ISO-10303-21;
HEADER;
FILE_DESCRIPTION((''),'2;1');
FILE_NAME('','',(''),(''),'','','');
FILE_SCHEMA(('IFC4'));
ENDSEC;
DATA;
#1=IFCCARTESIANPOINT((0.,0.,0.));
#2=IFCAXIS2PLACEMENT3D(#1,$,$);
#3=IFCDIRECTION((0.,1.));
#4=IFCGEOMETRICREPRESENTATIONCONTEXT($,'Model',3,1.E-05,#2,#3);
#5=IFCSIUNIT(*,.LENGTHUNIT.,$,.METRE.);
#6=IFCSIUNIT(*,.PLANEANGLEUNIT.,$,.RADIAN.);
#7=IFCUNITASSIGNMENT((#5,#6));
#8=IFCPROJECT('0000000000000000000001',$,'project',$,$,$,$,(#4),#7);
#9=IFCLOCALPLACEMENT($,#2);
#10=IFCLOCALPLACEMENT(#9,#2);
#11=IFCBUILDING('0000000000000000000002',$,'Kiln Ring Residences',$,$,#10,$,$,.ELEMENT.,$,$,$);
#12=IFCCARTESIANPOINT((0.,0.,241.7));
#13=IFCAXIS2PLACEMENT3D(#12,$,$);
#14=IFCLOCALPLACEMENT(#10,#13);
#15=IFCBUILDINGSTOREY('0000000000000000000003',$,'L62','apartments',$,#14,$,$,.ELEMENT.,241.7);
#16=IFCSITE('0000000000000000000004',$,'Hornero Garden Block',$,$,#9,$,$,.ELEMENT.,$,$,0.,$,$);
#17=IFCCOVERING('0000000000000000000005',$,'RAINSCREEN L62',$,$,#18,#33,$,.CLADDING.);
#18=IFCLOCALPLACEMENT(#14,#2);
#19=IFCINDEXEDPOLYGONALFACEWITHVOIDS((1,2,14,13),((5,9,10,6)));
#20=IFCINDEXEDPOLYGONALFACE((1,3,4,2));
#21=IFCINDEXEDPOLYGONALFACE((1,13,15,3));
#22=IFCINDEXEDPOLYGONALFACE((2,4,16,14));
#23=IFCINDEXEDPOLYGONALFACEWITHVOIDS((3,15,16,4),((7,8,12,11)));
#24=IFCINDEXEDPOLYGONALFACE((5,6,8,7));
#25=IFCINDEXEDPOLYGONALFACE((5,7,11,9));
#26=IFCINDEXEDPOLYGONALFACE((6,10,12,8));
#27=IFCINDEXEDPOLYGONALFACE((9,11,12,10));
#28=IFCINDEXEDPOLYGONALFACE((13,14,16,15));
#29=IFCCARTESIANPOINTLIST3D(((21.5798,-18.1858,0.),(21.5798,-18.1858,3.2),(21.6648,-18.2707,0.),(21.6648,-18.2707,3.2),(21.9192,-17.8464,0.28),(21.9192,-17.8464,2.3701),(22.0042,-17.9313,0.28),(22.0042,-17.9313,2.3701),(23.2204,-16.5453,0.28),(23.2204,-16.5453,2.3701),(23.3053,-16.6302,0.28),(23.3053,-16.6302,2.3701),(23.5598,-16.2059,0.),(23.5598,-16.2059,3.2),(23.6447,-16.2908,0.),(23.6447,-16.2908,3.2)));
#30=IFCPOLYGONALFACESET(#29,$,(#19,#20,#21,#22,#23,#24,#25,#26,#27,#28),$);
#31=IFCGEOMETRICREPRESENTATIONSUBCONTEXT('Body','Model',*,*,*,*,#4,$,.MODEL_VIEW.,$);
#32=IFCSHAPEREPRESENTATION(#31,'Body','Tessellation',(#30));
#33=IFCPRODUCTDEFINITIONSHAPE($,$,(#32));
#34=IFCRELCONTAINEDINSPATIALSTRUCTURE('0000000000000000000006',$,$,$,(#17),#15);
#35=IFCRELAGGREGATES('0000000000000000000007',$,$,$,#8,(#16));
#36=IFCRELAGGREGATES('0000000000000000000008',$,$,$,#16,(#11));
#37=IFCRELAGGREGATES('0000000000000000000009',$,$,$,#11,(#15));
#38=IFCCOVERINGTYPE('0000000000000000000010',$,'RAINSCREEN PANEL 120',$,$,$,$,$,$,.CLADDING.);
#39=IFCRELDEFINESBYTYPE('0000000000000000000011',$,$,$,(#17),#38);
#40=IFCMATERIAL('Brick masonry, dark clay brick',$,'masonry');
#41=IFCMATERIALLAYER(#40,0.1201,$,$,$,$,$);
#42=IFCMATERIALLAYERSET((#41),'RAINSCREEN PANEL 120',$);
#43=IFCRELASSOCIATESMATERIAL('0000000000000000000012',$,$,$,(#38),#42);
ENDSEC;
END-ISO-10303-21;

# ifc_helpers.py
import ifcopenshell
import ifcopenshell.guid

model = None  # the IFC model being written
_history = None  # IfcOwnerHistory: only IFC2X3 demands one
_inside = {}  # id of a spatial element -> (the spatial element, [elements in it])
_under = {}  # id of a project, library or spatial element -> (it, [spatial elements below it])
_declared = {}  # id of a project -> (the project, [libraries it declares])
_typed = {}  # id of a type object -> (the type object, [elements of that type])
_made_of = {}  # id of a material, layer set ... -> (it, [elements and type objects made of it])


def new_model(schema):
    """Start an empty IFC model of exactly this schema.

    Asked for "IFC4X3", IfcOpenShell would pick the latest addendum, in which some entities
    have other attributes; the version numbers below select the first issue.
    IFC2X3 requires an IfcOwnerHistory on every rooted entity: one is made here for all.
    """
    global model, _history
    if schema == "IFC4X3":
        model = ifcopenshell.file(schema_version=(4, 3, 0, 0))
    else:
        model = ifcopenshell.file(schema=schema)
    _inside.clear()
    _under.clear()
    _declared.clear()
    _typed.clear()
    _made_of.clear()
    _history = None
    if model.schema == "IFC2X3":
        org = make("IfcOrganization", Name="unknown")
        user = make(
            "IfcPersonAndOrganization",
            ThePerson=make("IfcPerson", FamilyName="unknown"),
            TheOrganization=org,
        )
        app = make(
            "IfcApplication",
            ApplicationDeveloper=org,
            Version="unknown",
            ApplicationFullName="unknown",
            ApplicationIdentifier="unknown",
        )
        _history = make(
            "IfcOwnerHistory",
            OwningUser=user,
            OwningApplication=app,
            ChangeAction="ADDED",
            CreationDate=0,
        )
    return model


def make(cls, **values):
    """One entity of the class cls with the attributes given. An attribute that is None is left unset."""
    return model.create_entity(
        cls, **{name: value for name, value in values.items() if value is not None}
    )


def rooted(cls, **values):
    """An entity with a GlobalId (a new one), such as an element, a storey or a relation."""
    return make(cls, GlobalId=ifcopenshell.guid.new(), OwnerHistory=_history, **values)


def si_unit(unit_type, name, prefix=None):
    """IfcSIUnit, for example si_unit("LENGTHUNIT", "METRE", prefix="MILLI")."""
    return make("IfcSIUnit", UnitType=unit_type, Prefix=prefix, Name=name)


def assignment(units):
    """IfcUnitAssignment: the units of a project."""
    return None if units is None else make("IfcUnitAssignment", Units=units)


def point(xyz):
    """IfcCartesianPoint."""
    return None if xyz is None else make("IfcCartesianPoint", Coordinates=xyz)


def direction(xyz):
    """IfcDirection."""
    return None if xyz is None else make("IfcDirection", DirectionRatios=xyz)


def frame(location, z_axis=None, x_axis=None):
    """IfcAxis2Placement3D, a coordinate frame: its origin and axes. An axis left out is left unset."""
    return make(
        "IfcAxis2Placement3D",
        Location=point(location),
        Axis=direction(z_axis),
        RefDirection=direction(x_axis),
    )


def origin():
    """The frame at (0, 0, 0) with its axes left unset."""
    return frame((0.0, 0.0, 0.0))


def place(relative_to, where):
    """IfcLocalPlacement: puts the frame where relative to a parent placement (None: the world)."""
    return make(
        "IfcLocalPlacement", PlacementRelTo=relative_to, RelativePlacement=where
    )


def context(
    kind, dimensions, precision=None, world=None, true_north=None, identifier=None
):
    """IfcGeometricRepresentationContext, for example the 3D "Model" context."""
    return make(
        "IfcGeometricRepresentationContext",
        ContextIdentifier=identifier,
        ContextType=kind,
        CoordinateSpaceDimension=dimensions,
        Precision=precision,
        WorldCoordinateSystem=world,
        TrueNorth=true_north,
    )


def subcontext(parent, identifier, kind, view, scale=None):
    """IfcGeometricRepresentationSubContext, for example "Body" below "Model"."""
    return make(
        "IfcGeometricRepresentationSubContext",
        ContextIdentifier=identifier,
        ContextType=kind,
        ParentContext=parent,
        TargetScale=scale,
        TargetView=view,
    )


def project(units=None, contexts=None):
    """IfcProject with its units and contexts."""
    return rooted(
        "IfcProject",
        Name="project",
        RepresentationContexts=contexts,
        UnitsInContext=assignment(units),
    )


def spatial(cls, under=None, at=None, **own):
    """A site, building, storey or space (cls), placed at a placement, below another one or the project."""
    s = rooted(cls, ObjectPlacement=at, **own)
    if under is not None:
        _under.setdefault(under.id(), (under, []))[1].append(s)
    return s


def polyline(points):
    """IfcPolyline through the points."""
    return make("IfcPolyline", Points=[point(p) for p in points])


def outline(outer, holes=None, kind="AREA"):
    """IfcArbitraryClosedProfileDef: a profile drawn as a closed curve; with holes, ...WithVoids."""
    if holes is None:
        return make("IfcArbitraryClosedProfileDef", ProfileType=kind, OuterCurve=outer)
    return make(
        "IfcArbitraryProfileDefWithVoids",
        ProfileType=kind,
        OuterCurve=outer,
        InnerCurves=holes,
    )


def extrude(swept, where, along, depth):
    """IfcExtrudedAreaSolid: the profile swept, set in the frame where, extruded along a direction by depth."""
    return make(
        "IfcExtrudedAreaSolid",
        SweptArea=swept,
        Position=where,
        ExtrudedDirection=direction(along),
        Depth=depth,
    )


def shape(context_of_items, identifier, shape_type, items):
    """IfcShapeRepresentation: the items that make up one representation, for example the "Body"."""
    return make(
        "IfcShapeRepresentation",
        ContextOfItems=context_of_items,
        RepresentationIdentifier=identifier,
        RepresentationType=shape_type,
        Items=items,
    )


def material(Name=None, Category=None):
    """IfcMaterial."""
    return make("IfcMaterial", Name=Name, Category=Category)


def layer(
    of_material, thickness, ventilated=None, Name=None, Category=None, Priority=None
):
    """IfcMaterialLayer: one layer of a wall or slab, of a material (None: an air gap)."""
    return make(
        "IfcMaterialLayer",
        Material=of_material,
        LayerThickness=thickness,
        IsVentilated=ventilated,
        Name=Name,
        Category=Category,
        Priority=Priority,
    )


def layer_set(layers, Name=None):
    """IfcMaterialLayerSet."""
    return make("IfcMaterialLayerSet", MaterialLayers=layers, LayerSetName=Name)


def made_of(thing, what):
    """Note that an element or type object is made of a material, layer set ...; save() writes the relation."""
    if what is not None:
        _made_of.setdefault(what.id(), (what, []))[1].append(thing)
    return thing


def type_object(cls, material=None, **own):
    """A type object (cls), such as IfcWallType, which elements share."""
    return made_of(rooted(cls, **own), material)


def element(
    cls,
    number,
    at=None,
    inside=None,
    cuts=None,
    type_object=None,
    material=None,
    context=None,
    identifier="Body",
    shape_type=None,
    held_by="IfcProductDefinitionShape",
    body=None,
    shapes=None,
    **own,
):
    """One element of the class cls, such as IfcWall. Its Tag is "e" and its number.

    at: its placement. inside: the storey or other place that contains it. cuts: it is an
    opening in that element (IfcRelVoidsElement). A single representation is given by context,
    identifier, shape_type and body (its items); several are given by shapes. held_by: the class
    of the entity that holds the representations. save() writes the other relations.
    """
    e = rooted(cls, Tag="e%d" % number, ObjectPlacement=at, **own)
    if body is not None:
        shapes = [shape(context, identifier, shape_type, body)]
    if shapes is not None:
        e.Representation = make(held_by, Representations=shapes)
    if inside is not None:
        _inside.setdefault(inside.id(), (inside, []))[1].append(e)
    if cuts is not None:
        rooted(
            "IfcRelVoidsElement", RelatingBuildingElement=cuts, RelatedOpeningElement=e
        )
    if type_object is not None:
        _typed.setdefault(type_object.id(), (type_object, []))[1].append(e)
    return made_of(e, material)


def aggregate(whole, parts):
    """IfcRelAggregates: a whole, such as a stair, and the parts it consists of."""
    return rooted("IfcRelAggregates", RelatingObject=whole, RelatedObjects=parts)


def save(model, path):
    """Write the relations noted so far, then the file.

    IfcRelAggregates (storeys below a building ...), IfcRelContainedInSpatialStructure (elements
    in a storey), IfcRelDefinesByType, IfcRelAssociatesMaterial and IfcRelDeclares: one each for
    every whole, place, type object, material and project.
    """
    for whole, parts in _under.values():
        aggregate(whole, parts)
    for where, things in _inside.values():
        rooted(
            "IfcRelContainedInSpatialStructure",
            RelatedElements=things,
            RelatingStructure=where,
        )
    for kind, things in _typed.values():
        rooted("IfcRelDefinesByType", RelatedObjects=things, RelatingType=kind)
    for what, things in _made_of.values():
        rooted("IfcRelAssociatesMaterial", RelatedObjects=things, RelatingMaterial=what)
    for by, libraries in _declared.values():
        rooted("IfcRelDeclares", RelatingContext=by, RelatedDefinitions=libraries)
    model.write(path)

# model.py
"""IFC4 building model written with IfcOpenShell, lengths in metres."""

from ifc_helpers import new_model, si_unit, direction, frame, origin, place, context, subcontext, project, spatial, polyline, outline, extrude, material, layer, layer_set, type_object, element, save


model = new_model("IFC4")

# Units and contexts
model_context = context("Model", 3, precision=1e-05, world=origin(), true_north=direction((0.0, 1.0)))
body_context = subcontext(model_context, "Body", "Model", "MODEL_VIEW")
ifc_project = project(units=[si_unit("LENGTHUNIT", "METRE"), si_unit("PLANEANGLEUNIT", "RADIAN")], contexts=[model_context])

# Site, building, storey
site_placement = place(None, origin())
site = spatial("IfcSite", under=ifc_project, at=site_placement, Name="Hornero Garden Block", CompositionType="ELEMENT", RefElevation=0.0)
building_placement = place(site_placement, origin())
building = spatial("IfcBuilding", under=site, at=building_placement, Name="Kiln Ring Residences", CompositionType="ELEMENT")
storey_placement = place(building_placement, frame((0.0, 0.0, 241.7)))
storey = spatial("IfcBuildingStorey", under=building, at=storey_placement, Name="L62", Description="apartments", CompositionType="ELEMENT", Elevation=241.7)

# Covering
ifc_material_1 = material(Name="Brick masonry, dark clay brick", Category="masonry")
ifc_layer_1 = layer(ifc_material_1, 0.1201)
ifc_layer_set_1 = layer_set([ifc_layer_1], Name="RAINSCREEN PANEL 120")
covering_type_1 = type_object("IfcCoveringType", Name="RAINSCREEN PANEL 120", PredefinedType="CLADDING", material=ifc_layer_set_1)
covering_1_placement = place(storey_placement, frame((21.6223, -18.2283, 0.0), z_axis=(0.0, 0.0, 1.0), x_axis=(0.707107, 0.707107, 0.0)))
element("IfcCovering", 1, at=covering_1_placement, inside=storey, type_object=covering_type_1, Name="RAINSCREEN L62", PredefinedType="CLADDING", context=body_context, shape_type="SweptSolid", body=[
    extrude(outline(polyline([(0.0, 0.0), (2.8, 0.0), (2.8, 3.2), (0.0, 3.2), (0.0, 0.0)]), holes=[polyline([(0.48, 2.3701), (0.48, 0.28), (2.3201, 0.28), (2.3201, 2.3701), (0.48, 2.3701)])]), frame((0.0, 0.0601, 0.0), z_axis=(0.0, -1.0, 0.0), x_axis=(1.0, 0.0, 0.0)), (0.0, 0.0, 1.0), 0.1201),
])

save(model, "model.ifc")
